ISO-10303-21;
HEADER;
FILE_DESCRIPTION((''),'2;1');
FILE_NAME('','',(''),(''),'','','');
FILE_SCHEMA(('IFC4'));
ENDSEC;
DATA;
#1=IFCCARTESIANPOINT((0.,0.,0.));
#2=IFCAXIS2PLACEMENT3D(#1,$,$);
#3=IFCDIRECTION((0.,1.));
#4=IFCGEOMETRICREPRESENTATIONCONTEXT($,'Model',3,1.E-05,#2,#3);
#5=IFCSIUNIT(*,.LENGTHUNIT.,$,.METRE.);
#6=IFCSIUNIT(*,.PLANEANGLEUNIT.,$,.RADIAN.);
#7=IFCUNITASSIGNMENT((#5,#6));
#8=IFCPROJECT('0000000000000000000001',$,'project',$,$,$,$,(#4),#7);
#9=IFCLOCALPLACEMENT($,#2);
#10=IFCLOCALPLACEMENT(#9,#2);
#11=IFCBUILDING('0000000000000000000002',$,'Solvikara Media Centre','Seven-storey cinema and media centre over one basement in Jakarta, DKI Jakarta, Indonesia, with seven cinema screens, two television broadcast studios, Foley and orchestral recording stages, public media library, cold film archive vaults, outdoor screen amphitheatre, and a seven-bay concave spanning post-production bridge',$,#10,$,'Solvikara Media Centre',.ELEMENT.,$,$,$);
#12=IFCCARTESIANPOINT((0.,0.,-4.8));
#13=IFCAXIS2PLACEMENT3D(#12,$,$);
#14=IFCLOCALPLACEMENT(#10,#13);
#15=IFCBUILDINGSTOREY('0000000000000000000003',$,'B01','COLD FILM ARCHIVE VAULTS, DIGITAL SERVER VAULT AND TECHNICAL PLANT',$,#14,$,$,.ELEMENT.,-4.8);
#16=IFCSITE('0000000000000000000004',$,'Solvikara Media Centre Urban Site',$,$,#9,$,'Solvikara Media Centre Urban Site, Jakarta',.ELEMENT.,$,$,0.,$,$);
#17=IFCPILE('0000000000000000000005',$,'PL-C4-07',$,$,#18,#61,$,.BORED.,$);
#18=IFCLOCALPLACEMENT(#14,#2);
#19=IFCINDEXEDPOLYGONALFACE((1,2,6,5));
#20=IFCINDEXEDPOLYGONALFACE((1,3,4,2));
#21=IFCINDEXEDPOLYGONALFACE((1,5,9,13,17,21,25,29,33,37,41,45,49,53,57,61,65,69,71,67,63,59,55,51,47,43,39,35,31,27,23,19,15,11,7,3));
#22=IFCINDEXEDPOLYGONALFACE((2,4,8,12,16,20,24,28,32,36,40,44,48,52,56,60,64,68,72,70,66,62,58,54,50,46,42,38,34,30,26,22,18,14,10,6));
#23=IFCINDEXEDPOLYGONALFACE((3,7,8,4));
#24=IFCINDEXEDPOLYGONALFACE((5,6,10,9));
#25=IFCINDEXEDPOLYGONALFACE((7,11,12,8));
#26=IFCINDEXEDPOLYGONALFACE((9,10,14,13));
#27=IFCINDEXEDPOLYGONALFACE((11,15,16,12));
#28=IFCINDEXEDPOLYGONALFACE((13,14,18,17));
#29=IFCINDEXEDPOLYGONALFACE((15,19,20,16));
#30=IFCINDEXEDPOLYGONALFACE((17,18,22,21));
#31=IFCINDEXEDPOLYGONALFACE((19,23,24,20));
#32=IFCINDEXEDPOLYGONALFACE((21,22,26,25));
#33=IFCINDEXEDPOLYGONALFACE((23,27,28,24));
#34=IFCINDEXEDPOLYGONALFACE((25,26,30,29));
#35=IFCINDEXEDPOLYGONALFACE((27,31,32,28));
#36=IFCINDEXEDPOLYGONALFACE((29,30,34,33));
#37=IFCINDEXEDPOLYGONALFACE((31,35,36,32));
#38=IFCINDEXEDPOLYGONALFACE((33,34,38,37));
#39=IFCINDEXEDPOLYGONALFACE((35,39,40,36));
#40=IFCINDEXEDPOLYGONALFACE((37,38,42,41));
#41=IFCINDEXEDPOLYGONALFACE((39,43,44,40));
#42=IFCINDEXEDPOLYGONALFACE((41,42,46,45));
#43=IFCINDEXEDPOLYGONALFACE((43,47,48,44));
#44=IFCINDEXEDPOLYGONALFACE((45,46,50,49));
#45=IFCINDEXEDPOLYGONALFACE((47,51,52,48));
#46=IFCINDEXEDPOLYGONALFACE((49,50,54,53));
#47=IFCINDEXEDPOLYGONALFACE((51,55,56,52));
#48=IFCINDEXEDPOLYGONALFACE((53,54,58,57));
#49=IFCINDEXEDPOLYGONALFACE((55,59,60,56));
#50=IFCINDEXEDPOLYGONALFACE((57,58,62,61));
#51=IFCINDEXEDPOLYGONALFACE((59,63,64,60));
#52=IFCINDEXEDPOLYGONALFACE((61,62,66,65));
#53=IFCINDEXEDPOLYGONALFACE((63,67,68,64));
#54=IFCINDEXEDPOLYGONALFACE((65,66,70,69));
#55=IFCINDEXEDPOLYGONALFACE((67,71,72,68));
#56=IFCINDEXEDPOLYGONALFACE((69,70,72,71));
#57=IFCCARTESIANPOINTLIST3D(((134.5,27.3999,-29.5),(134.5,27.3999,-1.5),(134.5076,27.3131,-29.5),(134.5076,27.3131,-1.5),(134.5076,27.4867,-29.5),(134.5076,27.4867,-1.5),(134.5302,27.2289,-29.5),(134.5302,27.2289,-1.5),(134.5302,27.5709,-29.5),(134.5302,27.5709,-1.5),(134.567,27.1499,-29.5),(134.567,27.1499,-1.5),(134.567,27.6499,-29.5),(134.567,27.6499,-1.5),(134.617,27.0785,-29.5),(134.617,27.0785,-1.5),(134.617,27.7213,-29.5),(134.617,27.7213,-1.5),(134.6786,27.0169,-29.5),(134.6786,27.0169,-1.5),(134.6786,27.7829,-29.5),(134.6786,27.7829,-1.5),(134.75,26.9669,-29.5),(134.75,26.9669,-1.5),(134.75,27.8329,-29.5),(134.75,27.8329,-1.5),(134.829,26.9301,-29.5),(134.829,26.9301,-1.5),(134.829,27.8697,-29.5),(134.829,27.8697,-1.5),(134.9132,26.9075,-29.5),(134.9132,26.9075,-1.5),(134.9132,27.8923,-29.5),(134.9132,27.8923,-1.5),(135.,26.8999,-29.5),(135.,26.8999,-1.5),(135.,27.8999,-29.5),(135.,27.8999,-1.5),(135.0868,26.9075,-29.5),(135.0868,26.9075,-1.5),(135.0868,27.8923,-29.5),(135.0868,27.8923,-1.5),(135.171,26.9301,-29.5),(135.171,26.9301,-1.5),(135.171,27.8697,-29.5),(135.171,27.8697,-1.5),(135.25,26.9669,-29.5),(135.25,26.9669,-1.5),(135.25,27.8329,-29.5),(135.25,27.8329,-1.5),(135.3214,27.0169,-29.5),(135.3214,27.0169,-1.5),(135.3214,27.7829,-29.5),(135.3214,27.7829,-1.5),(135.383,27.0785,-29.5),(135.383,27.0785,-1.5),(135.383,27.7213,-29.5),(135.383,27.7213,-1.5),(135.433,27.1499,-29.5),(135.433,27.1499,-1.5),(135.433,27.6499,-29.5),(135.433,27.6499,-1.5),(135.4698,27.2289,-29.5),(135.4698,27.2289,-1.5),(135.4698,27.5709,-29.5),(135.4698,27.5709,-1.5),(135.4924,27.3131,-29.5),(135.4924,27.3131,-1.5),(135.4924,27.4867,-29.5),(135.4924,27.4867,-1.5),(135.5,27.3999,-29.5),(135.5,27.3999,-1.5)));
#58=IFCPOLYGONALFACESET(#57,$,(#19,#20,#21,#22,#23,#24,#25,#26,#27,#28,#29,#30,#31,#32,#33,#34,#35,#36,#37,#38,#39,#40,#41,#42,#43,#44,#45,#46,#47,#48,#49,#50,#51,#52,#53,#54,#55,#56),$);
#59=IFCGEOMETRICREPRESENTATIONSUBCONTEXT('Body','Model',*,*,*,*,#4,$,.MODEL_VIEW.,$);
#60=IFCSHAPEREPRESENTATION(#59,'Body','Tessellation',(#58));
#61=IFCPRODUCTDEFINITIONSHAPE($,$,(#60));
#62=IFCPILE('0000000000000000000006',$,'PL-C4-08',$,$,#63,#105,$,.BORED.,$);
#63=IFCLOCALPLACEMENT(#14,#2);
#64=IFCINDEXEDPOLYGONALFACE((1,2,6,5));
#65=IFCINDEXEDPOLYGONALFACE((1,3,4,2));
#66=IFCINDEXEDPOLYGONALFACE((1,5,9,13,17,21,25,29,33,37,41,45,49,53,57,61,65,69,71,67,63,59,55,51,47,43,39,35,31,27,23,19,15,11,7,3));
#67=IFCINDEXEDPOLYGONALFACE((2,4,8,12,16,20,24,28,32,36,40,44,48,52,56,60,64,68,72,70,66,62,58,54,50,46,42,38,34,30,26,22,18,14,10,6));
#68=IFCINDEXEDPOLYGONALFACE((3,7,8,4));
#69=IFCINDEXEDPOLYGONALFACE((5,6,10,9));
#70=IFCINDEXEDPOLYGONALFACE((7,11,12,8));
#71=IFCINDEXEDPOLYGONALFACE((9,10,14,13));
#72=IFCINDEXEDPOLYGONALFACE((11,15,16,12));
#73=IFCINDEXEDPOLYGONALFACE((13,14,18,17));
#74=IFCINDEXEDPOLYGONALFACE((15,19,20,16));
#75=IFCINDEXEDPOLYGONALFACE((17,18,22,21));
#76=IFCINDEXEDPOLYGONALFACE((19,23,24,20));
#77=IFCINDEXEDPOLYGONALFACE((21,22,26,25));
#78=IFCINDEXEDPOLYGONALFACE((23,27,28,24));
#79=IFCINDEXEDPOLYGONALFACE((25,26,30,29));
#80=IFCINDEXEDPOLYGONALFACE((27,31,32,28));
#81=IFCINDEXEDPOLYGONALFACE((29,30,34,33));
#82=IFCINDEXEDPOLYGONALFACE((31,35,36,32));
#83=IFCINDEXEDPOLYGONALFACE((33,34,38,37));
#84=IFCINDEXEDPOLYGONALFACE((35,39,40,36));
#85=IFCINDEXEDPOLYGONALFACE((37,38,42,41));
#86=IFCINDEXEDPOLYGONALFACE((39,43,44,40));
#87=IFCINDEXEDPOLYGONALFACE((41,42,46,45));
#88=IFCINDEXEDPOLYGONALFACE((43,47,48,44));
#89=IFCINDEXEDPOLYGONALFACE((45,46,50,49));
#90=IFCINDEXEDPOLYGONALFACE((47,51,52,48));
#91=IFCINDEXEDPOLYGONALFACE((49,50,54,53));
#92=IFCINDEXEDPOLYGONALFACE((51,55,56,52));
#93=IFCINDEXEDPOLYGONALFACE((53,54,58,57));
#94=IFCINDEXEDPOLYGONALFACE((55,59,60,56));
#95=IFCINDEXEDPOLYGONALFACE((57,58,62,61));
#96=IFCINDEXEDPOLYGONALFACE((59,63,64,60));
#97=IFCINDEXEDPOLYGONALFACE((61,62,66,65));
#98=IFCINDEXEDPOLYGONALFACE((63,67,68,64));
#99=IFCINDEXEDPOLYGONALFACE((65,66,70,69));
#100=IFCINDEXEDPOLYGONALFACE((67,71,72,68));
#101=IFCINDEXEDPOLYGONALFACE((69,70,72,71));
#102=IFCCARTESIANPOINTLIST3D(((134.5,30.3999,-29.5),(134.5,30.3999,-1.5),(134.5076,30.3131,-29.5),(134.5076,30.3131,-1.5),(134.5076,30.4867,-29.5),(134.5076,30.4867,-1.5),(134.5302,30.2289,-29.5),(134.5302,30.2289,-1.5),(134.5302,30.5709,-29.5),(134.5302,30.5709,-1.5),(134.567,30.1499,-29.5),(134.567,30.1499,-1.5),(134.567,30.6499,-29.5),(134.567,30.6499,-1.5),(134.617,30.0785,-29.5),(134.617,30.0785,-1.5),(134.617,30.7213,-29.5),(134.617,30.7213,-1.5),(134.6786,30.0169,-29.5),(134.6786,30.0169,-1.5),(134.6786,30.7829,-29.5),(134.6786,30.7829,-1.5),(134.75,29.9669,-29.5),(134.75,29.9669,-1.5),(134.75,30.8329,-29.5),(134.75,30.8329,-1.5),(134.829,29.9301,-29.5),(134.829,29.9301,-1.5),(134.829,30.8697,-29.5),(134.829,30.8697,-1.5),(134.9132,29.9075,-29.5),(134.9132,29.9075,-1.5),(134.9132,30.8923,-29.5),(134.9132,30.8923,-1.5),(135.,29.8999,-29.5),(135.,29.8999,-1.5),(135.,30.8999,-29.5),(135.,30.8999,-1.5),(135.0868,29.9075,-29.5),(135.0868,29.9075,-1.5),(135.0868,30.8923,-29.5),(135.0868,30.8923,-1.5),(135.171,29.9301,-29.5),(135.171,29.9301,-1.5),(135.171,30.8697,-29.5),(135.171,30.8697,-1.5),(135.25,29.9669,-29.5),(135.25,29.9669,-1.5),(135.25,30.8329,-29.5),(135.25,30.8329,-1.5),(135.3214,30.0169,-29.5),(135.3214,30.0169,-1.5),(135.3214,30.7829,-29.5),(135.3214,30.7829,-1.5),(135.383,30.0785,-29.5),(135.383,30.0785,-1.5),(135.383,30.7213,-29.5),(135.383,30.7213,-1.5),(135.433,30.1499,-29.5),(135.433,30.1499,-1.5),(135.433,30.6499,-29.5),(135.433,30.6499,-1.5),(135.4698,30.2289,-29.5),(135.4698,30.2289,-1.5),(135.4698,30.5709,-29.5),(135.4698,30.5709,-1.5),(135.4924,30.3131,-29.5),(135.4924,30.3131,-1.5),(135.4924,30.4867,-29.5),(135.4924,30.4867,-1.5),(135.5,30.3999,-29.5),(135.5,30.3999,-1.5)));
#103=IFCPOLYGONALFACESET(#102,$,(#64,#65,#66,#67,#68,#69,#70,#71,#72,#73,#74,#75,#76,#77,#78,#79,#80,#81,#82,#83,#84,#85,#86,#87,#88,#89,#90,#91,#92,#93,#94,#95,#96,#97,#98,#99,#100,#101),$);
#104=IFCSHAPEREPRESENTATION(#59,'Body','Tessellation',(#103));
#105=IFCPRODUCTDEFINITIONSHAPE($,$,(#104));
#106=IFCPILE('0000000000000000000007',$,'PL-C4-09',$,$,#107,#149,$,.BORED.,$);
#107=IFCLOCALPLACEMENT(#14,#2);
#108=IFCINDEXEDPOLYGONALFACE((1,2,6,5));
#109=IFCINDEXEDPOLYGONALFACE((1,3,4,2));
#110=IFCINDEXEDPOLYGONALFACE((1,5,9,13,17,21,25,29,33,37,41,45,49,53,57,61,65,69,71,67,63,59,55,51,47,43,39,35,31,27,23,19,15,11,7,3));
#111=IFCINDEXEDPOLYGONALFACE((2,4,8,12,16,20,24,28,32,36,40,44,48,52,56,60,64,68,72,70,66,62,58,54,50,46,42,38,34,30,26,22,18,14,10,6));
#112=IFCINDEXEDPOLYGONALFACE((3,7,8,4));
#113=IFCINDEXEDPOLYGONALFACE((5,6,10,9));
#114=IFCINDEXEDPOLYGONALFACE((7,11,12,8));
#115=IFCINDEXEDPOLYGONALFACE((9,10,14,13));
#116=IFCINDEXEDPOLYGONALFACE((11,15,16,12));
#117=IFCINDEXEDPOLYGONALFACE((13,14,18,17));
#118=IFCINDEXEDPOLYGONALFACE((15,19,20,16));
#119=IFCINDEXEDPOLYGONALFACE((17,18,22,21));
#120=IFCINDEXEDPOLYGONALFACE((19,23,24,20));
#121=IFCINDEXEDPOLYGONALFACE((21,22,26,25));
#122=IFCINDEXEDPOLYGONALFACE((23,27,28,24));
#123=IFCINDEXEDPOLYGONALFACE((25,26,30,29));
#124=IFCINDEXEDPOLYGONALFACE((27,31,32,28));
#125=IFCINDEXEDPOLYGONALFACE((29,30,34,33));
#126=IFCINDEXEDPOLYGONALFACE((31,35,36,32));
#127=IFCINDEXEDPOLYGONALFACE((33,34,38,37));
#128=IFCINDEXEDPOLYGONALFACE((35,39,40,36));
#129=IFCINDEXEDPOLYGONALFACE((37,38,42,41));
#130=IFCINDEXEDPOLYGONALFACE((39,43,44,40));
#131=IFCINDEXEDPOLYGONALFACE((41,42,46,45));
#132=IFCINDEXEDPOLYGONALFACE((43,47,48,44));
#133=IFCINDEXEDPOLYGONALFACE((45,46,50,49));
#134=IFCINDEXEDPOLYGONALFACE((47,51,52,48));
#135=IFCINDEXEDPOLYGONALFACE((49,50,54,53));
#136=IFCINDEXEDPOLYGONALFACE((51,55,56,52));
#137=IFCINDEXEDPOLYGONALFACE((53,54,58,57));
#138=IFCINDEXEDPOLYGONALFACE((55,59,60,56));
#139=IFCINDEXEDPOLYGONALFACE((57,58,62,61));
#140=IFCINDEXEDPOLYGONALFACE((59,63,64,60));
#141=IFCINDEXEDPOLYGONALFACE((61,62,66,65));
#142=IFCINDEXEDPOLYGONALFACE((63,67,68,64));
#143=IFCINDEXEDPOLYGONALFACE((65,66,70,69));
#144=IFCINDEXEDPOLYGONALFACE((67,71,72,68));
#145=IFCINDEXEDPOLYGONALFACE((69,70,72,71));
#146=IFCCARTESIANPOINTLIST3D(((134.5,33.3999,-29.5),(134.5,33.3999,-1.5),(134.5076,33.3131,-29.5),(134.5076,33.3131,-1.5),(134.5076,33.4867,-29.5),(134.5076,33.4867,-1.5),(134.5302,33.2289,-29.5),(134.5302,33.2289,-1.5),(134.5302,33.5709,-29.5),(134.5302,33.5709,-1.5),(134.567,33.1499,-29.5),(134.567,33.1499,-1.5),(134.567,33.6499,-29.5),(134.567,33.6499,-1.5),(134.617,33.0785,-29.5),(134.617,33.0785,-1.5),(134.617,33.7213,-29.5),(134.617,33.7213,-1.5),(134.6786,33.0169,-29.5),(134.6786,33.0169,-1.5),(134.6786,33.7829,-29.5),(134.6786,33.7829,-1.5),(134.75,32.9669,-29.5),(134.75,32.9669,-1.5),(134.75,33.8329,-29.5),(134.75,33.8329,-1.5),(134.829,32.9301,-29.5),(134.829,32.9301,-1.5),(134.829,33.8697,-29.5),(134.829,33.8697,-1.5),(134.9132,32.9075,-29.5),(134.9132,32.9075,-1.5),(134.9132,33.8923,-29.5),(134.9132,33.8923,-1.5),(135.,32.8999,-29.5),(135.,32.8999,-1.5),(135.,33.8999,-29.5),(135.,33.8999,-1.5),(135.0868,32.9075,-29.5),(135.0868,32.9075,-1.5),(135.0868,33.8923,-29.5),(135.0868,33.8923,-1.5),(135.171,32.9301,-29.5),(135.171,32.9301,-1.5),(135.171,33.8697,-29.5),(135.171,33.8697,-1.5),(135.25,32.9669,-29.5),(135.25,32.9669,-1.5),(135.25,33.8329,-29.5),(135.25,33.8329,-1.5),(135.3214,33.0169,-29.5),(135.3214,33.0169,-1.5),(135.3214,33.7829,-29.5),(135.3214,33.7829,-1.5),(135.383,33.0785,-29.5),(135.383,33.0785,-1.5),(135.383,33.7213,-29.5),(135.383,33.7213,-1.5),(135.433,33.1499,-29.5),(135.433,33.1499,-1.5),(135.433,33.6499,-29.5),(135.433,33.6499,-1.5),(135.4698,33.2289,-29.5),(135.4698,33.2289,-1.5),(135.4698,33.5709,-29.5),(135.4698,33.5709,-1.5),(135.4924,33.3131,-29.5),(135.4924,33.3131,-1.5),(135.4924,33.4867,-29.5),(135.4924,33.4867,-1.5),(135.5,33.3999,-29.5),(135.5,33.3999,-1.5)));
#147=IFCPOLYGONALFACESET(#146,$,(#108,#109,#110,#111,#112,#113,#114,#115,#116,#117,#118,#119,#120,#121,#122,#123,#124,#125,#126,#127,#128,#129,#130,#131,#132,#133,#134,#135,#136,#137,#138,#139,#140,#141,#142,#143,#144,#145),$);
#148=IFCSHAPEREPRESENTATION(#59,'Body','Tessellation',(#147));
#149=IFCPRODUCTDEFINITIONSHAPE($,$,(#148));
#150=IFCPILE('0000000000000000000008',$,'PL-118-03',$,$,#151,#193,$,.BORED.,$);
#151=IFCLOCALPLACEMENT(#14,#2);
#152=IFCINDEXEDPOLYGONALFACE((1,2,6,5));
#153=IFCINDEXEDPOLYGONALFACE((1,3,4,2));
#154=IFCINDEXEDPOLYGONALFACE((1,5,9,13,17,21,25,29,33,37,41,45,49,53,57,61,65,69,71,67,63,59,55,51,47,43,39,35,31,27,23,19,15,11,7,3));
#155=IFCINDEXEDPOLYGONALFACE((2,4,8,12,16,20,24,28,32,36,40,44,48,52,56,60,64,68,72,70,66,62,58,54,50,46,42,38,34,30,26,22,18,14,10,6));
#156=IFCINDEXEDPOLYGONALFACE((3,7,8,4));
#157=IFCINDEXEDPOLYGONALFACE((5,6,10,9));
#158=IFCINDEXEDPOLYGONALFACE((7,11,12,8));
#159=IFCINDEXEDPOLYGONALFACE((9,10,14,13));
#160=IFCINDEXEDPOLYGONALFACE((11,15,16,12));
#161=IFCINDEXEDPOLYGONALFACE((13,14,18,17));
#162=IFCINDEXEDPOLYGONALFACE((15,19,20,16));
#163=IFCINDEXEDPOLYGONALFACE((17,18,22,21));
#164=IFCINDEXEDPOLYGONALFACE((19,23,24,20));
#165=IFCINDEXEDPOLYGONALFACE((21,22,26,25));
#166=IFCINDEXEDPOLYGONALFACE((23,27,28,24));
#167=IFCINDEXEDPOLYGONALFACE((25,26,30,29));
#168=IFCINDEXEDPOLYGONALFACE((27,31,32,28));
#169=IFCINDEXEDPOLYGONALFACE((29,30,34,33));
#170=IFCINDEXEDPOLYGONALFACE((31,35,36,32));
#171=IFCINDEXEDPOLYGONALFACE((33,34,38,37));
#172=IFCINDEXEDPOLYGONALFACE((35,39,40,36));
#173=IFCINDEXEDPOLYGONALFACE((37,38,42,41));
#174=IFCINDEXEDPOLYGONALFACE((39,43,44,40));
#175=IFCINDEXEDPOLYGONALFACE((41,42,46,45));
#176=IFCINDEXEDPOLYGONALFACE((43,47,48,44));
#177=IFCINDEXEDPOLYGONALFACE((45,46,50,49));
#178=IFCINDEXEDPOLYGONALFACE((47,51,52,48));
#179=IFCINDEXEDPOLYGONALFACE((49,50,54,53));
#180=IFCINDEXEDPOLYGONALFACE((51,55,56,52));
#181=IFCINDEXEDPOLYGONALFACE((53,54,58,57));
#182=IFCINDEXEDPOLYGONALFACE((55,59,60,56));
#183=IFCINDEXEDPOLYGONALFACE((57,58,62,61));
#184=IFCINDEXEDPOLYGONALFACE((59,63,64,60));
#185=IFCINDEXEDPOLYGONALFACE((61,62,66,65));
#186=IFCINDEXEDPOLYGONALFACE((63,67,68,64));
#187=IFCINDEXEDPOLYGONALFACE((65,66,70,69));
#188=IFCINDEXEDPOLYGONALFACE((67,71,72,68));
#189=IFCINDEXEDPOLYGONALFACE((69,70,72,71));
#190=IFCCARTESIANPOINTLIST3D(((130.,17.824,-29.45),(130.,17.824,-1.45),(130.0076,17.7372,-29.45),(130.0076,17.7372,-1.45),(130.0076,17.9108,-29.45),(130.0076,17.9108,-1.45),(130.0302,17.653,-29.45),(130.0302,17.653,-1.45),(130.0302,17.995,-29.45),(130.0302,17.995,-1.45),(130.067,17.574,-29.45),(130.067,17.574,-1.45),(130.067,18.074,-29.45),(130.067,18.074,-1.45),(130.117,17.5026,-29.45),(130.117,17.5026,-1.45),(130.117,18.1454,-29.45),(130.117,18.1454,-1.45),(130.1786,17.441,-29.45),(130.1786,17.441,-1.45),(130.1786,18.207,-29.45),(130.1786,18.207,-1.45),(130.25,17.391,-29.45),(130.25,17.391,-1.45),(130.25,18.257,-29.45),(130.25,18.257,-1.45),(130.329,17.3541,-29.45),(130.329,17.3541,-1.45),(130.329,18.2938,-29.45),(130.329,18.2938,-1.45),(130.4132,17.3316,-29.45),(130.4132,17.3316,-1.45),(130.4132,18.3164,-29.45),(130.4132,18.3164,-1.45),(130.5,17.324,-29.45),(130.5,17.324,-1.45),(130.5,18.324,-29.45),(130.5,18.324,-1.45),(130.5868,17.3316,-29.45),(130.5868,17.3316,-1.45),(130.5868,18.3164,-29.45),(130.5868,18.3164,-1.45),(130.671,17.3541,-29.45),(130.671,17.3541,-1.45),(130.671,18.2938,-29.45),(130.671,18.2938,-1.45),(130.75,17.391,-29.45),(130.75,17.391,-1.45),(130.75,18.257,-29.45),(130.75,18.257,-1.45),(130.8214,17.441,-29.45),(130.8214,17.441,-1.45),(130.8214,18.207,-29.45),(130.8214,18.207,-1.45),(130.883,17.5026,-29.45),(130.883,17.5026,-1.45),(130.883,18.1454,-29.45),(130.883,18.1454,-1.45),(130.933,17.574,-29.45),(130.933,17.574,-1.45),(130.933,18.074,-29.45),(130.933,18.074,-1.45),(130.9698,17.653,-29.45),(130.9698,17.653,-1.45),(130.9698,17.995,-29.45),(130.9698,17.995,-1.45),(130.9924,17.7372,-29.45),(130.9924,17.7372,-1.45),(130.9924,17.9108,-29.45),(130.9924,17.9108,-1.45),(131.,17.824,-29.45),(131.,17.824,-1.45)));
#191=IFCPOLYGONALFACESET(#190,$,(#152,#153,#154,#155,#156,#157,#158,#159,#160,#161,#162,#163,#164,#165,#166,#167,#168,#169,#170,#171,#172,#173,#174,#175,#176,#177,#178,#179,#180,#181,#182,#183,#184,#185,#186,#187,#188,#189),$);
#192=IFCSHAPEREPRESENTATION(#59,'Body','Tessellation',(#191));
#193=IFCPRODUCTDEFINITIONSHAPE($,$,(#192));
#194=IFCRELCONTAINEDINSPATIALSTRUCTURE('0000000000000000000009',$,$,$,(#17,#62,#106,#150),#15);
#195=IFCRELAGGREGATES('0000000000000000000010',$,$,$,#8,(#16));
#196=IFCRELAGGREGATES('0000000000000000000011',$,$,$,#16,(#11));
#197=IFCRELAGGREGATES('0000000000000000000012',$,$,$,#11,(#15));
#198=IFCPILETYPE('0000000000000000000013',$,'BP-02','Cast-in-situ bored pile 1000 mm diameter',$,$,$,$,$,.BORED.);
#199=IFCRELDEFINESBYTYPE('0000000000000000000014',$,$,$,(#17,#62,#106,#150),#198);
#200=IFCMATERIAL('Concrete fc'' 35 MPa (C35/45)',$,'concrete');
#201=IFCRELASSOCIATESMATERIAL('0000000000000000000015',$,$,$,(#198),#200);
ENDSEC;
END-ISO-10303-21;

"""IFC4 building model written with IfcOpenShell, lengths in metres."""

from ifc_helpers import new_model, si_unit, direction, frame, origin, origin_2d, place, context, subcontext, project, spatial, circle, extrude, material, material_profile, profile_set, type_object, element, save


model = new_model("IFC4")

# Units and contexts
model_context = context("Model", 3, precision=1e-05, world=origin(), true_north=direction((0.0, 1.0)))
body_context = subcontext(model_context, "Body", "Model", "MODEL_VIEW")
ifc_project = project(units=[si_unit("LENGTHUNIT", "METRE"), si_unit("PLANEANGLEUNIT", "RADIAN")], contexts=[model_context])

# Site, building, storey
site_placement = place(None, origin())
site = spatial("IfcSite", under=ifc_project, at=site_placement, Name="Solvikara Media Centre Urban Site", LongName="Solvikara Media Centre Urban Site, Jakarta", CompositionType="ELEMENT", RefElevation=0.0)
building_placement = place(site_placement, origin())
building = spatial("IfcBuilding", under=site, at=building_placement, Name="Solvikara Media Centre", Description="Seven-storey cinema and media centre over one basement in Jakarta, DKI Jakarta, Indonesia, with seven cinema screens, two television broadcast studios, Foley and orchestral recording stages, public media library, cold film archive vaults, outdoor screen amphitheatre, and a seven-bay concave spanning post-production bridge", LongName="Solvikara Media Centre", CompositionType="ELEMENT")
storey_placement = place(building_placement, frame((0.0, 0.0, -4.8)))
storey = spatial("IfcBuildingStorey", under=building, at=storey_placement, Name="B01", Description="COLD FILM ARCHIVE VAULTS, DIGITAL SERVER VAULT AND TECHNICAL PLANT", CompositionType="ELEMENT", Elevation=-4.8)

# Piles
ifc_material_1 = material(Name="Concrete fc' 35 MPa (C35/45)", Category="concrete")
ifc_material_profile_1 = material_profile(ifc_material_1, circle(Radius=0.5, at=origin_2d()), Name="BORED PILE D1000")
ifc_profile_set_1 = profile_set([ifc_material_profile_1], Name="Concrete fc' 35 MPa (C35/45)")
pile_type_1 = type_object("IfcPileType", Name="BP-02", Description="Cast-in-situ bored pile 1000 mm diameter", PredefinedType="BORED", material=ifc_profile_set_1)
for number, where, z_axis, x_axis, name in (
    (1, (135.0, 27.3999, -1.5), (0.0, 0.0, -1.0), (1.0, 0.0, 0.0), "PL-C4-07"),
    (2, (135.0, 30.3999, -1.5), (0.0, 0.0, -1.0), (1.0, 0.0, 0.0), "PL-C4-08"),
    (3, (135.0, 33.3999, -1.5), (0.0, 0.0, -1.0), (1.0, 0.0, 0.0), "PL-C4-09"),
    (4, (130.5, 17.824, -1.45), (0.0, 0.0, -1.0), (1.0, 0.0, 0.0), "PL-118-03"),
):
    element("IfcPile", number, at=place(storey_placement, frame(where, z_axis=z_axis, x_axis=x_axis)), inside=storey, type_object=pile_type_1, Name=name, PredefinedType="BORED", context=body_context, shape_type="SweptSolid", body=[
        extrude(circle(Radius=0.5, at=origin_2d()), origin(), (0.0, 0.0, 1.0), 28.0),
    ])

save(model, "model.ifc")
